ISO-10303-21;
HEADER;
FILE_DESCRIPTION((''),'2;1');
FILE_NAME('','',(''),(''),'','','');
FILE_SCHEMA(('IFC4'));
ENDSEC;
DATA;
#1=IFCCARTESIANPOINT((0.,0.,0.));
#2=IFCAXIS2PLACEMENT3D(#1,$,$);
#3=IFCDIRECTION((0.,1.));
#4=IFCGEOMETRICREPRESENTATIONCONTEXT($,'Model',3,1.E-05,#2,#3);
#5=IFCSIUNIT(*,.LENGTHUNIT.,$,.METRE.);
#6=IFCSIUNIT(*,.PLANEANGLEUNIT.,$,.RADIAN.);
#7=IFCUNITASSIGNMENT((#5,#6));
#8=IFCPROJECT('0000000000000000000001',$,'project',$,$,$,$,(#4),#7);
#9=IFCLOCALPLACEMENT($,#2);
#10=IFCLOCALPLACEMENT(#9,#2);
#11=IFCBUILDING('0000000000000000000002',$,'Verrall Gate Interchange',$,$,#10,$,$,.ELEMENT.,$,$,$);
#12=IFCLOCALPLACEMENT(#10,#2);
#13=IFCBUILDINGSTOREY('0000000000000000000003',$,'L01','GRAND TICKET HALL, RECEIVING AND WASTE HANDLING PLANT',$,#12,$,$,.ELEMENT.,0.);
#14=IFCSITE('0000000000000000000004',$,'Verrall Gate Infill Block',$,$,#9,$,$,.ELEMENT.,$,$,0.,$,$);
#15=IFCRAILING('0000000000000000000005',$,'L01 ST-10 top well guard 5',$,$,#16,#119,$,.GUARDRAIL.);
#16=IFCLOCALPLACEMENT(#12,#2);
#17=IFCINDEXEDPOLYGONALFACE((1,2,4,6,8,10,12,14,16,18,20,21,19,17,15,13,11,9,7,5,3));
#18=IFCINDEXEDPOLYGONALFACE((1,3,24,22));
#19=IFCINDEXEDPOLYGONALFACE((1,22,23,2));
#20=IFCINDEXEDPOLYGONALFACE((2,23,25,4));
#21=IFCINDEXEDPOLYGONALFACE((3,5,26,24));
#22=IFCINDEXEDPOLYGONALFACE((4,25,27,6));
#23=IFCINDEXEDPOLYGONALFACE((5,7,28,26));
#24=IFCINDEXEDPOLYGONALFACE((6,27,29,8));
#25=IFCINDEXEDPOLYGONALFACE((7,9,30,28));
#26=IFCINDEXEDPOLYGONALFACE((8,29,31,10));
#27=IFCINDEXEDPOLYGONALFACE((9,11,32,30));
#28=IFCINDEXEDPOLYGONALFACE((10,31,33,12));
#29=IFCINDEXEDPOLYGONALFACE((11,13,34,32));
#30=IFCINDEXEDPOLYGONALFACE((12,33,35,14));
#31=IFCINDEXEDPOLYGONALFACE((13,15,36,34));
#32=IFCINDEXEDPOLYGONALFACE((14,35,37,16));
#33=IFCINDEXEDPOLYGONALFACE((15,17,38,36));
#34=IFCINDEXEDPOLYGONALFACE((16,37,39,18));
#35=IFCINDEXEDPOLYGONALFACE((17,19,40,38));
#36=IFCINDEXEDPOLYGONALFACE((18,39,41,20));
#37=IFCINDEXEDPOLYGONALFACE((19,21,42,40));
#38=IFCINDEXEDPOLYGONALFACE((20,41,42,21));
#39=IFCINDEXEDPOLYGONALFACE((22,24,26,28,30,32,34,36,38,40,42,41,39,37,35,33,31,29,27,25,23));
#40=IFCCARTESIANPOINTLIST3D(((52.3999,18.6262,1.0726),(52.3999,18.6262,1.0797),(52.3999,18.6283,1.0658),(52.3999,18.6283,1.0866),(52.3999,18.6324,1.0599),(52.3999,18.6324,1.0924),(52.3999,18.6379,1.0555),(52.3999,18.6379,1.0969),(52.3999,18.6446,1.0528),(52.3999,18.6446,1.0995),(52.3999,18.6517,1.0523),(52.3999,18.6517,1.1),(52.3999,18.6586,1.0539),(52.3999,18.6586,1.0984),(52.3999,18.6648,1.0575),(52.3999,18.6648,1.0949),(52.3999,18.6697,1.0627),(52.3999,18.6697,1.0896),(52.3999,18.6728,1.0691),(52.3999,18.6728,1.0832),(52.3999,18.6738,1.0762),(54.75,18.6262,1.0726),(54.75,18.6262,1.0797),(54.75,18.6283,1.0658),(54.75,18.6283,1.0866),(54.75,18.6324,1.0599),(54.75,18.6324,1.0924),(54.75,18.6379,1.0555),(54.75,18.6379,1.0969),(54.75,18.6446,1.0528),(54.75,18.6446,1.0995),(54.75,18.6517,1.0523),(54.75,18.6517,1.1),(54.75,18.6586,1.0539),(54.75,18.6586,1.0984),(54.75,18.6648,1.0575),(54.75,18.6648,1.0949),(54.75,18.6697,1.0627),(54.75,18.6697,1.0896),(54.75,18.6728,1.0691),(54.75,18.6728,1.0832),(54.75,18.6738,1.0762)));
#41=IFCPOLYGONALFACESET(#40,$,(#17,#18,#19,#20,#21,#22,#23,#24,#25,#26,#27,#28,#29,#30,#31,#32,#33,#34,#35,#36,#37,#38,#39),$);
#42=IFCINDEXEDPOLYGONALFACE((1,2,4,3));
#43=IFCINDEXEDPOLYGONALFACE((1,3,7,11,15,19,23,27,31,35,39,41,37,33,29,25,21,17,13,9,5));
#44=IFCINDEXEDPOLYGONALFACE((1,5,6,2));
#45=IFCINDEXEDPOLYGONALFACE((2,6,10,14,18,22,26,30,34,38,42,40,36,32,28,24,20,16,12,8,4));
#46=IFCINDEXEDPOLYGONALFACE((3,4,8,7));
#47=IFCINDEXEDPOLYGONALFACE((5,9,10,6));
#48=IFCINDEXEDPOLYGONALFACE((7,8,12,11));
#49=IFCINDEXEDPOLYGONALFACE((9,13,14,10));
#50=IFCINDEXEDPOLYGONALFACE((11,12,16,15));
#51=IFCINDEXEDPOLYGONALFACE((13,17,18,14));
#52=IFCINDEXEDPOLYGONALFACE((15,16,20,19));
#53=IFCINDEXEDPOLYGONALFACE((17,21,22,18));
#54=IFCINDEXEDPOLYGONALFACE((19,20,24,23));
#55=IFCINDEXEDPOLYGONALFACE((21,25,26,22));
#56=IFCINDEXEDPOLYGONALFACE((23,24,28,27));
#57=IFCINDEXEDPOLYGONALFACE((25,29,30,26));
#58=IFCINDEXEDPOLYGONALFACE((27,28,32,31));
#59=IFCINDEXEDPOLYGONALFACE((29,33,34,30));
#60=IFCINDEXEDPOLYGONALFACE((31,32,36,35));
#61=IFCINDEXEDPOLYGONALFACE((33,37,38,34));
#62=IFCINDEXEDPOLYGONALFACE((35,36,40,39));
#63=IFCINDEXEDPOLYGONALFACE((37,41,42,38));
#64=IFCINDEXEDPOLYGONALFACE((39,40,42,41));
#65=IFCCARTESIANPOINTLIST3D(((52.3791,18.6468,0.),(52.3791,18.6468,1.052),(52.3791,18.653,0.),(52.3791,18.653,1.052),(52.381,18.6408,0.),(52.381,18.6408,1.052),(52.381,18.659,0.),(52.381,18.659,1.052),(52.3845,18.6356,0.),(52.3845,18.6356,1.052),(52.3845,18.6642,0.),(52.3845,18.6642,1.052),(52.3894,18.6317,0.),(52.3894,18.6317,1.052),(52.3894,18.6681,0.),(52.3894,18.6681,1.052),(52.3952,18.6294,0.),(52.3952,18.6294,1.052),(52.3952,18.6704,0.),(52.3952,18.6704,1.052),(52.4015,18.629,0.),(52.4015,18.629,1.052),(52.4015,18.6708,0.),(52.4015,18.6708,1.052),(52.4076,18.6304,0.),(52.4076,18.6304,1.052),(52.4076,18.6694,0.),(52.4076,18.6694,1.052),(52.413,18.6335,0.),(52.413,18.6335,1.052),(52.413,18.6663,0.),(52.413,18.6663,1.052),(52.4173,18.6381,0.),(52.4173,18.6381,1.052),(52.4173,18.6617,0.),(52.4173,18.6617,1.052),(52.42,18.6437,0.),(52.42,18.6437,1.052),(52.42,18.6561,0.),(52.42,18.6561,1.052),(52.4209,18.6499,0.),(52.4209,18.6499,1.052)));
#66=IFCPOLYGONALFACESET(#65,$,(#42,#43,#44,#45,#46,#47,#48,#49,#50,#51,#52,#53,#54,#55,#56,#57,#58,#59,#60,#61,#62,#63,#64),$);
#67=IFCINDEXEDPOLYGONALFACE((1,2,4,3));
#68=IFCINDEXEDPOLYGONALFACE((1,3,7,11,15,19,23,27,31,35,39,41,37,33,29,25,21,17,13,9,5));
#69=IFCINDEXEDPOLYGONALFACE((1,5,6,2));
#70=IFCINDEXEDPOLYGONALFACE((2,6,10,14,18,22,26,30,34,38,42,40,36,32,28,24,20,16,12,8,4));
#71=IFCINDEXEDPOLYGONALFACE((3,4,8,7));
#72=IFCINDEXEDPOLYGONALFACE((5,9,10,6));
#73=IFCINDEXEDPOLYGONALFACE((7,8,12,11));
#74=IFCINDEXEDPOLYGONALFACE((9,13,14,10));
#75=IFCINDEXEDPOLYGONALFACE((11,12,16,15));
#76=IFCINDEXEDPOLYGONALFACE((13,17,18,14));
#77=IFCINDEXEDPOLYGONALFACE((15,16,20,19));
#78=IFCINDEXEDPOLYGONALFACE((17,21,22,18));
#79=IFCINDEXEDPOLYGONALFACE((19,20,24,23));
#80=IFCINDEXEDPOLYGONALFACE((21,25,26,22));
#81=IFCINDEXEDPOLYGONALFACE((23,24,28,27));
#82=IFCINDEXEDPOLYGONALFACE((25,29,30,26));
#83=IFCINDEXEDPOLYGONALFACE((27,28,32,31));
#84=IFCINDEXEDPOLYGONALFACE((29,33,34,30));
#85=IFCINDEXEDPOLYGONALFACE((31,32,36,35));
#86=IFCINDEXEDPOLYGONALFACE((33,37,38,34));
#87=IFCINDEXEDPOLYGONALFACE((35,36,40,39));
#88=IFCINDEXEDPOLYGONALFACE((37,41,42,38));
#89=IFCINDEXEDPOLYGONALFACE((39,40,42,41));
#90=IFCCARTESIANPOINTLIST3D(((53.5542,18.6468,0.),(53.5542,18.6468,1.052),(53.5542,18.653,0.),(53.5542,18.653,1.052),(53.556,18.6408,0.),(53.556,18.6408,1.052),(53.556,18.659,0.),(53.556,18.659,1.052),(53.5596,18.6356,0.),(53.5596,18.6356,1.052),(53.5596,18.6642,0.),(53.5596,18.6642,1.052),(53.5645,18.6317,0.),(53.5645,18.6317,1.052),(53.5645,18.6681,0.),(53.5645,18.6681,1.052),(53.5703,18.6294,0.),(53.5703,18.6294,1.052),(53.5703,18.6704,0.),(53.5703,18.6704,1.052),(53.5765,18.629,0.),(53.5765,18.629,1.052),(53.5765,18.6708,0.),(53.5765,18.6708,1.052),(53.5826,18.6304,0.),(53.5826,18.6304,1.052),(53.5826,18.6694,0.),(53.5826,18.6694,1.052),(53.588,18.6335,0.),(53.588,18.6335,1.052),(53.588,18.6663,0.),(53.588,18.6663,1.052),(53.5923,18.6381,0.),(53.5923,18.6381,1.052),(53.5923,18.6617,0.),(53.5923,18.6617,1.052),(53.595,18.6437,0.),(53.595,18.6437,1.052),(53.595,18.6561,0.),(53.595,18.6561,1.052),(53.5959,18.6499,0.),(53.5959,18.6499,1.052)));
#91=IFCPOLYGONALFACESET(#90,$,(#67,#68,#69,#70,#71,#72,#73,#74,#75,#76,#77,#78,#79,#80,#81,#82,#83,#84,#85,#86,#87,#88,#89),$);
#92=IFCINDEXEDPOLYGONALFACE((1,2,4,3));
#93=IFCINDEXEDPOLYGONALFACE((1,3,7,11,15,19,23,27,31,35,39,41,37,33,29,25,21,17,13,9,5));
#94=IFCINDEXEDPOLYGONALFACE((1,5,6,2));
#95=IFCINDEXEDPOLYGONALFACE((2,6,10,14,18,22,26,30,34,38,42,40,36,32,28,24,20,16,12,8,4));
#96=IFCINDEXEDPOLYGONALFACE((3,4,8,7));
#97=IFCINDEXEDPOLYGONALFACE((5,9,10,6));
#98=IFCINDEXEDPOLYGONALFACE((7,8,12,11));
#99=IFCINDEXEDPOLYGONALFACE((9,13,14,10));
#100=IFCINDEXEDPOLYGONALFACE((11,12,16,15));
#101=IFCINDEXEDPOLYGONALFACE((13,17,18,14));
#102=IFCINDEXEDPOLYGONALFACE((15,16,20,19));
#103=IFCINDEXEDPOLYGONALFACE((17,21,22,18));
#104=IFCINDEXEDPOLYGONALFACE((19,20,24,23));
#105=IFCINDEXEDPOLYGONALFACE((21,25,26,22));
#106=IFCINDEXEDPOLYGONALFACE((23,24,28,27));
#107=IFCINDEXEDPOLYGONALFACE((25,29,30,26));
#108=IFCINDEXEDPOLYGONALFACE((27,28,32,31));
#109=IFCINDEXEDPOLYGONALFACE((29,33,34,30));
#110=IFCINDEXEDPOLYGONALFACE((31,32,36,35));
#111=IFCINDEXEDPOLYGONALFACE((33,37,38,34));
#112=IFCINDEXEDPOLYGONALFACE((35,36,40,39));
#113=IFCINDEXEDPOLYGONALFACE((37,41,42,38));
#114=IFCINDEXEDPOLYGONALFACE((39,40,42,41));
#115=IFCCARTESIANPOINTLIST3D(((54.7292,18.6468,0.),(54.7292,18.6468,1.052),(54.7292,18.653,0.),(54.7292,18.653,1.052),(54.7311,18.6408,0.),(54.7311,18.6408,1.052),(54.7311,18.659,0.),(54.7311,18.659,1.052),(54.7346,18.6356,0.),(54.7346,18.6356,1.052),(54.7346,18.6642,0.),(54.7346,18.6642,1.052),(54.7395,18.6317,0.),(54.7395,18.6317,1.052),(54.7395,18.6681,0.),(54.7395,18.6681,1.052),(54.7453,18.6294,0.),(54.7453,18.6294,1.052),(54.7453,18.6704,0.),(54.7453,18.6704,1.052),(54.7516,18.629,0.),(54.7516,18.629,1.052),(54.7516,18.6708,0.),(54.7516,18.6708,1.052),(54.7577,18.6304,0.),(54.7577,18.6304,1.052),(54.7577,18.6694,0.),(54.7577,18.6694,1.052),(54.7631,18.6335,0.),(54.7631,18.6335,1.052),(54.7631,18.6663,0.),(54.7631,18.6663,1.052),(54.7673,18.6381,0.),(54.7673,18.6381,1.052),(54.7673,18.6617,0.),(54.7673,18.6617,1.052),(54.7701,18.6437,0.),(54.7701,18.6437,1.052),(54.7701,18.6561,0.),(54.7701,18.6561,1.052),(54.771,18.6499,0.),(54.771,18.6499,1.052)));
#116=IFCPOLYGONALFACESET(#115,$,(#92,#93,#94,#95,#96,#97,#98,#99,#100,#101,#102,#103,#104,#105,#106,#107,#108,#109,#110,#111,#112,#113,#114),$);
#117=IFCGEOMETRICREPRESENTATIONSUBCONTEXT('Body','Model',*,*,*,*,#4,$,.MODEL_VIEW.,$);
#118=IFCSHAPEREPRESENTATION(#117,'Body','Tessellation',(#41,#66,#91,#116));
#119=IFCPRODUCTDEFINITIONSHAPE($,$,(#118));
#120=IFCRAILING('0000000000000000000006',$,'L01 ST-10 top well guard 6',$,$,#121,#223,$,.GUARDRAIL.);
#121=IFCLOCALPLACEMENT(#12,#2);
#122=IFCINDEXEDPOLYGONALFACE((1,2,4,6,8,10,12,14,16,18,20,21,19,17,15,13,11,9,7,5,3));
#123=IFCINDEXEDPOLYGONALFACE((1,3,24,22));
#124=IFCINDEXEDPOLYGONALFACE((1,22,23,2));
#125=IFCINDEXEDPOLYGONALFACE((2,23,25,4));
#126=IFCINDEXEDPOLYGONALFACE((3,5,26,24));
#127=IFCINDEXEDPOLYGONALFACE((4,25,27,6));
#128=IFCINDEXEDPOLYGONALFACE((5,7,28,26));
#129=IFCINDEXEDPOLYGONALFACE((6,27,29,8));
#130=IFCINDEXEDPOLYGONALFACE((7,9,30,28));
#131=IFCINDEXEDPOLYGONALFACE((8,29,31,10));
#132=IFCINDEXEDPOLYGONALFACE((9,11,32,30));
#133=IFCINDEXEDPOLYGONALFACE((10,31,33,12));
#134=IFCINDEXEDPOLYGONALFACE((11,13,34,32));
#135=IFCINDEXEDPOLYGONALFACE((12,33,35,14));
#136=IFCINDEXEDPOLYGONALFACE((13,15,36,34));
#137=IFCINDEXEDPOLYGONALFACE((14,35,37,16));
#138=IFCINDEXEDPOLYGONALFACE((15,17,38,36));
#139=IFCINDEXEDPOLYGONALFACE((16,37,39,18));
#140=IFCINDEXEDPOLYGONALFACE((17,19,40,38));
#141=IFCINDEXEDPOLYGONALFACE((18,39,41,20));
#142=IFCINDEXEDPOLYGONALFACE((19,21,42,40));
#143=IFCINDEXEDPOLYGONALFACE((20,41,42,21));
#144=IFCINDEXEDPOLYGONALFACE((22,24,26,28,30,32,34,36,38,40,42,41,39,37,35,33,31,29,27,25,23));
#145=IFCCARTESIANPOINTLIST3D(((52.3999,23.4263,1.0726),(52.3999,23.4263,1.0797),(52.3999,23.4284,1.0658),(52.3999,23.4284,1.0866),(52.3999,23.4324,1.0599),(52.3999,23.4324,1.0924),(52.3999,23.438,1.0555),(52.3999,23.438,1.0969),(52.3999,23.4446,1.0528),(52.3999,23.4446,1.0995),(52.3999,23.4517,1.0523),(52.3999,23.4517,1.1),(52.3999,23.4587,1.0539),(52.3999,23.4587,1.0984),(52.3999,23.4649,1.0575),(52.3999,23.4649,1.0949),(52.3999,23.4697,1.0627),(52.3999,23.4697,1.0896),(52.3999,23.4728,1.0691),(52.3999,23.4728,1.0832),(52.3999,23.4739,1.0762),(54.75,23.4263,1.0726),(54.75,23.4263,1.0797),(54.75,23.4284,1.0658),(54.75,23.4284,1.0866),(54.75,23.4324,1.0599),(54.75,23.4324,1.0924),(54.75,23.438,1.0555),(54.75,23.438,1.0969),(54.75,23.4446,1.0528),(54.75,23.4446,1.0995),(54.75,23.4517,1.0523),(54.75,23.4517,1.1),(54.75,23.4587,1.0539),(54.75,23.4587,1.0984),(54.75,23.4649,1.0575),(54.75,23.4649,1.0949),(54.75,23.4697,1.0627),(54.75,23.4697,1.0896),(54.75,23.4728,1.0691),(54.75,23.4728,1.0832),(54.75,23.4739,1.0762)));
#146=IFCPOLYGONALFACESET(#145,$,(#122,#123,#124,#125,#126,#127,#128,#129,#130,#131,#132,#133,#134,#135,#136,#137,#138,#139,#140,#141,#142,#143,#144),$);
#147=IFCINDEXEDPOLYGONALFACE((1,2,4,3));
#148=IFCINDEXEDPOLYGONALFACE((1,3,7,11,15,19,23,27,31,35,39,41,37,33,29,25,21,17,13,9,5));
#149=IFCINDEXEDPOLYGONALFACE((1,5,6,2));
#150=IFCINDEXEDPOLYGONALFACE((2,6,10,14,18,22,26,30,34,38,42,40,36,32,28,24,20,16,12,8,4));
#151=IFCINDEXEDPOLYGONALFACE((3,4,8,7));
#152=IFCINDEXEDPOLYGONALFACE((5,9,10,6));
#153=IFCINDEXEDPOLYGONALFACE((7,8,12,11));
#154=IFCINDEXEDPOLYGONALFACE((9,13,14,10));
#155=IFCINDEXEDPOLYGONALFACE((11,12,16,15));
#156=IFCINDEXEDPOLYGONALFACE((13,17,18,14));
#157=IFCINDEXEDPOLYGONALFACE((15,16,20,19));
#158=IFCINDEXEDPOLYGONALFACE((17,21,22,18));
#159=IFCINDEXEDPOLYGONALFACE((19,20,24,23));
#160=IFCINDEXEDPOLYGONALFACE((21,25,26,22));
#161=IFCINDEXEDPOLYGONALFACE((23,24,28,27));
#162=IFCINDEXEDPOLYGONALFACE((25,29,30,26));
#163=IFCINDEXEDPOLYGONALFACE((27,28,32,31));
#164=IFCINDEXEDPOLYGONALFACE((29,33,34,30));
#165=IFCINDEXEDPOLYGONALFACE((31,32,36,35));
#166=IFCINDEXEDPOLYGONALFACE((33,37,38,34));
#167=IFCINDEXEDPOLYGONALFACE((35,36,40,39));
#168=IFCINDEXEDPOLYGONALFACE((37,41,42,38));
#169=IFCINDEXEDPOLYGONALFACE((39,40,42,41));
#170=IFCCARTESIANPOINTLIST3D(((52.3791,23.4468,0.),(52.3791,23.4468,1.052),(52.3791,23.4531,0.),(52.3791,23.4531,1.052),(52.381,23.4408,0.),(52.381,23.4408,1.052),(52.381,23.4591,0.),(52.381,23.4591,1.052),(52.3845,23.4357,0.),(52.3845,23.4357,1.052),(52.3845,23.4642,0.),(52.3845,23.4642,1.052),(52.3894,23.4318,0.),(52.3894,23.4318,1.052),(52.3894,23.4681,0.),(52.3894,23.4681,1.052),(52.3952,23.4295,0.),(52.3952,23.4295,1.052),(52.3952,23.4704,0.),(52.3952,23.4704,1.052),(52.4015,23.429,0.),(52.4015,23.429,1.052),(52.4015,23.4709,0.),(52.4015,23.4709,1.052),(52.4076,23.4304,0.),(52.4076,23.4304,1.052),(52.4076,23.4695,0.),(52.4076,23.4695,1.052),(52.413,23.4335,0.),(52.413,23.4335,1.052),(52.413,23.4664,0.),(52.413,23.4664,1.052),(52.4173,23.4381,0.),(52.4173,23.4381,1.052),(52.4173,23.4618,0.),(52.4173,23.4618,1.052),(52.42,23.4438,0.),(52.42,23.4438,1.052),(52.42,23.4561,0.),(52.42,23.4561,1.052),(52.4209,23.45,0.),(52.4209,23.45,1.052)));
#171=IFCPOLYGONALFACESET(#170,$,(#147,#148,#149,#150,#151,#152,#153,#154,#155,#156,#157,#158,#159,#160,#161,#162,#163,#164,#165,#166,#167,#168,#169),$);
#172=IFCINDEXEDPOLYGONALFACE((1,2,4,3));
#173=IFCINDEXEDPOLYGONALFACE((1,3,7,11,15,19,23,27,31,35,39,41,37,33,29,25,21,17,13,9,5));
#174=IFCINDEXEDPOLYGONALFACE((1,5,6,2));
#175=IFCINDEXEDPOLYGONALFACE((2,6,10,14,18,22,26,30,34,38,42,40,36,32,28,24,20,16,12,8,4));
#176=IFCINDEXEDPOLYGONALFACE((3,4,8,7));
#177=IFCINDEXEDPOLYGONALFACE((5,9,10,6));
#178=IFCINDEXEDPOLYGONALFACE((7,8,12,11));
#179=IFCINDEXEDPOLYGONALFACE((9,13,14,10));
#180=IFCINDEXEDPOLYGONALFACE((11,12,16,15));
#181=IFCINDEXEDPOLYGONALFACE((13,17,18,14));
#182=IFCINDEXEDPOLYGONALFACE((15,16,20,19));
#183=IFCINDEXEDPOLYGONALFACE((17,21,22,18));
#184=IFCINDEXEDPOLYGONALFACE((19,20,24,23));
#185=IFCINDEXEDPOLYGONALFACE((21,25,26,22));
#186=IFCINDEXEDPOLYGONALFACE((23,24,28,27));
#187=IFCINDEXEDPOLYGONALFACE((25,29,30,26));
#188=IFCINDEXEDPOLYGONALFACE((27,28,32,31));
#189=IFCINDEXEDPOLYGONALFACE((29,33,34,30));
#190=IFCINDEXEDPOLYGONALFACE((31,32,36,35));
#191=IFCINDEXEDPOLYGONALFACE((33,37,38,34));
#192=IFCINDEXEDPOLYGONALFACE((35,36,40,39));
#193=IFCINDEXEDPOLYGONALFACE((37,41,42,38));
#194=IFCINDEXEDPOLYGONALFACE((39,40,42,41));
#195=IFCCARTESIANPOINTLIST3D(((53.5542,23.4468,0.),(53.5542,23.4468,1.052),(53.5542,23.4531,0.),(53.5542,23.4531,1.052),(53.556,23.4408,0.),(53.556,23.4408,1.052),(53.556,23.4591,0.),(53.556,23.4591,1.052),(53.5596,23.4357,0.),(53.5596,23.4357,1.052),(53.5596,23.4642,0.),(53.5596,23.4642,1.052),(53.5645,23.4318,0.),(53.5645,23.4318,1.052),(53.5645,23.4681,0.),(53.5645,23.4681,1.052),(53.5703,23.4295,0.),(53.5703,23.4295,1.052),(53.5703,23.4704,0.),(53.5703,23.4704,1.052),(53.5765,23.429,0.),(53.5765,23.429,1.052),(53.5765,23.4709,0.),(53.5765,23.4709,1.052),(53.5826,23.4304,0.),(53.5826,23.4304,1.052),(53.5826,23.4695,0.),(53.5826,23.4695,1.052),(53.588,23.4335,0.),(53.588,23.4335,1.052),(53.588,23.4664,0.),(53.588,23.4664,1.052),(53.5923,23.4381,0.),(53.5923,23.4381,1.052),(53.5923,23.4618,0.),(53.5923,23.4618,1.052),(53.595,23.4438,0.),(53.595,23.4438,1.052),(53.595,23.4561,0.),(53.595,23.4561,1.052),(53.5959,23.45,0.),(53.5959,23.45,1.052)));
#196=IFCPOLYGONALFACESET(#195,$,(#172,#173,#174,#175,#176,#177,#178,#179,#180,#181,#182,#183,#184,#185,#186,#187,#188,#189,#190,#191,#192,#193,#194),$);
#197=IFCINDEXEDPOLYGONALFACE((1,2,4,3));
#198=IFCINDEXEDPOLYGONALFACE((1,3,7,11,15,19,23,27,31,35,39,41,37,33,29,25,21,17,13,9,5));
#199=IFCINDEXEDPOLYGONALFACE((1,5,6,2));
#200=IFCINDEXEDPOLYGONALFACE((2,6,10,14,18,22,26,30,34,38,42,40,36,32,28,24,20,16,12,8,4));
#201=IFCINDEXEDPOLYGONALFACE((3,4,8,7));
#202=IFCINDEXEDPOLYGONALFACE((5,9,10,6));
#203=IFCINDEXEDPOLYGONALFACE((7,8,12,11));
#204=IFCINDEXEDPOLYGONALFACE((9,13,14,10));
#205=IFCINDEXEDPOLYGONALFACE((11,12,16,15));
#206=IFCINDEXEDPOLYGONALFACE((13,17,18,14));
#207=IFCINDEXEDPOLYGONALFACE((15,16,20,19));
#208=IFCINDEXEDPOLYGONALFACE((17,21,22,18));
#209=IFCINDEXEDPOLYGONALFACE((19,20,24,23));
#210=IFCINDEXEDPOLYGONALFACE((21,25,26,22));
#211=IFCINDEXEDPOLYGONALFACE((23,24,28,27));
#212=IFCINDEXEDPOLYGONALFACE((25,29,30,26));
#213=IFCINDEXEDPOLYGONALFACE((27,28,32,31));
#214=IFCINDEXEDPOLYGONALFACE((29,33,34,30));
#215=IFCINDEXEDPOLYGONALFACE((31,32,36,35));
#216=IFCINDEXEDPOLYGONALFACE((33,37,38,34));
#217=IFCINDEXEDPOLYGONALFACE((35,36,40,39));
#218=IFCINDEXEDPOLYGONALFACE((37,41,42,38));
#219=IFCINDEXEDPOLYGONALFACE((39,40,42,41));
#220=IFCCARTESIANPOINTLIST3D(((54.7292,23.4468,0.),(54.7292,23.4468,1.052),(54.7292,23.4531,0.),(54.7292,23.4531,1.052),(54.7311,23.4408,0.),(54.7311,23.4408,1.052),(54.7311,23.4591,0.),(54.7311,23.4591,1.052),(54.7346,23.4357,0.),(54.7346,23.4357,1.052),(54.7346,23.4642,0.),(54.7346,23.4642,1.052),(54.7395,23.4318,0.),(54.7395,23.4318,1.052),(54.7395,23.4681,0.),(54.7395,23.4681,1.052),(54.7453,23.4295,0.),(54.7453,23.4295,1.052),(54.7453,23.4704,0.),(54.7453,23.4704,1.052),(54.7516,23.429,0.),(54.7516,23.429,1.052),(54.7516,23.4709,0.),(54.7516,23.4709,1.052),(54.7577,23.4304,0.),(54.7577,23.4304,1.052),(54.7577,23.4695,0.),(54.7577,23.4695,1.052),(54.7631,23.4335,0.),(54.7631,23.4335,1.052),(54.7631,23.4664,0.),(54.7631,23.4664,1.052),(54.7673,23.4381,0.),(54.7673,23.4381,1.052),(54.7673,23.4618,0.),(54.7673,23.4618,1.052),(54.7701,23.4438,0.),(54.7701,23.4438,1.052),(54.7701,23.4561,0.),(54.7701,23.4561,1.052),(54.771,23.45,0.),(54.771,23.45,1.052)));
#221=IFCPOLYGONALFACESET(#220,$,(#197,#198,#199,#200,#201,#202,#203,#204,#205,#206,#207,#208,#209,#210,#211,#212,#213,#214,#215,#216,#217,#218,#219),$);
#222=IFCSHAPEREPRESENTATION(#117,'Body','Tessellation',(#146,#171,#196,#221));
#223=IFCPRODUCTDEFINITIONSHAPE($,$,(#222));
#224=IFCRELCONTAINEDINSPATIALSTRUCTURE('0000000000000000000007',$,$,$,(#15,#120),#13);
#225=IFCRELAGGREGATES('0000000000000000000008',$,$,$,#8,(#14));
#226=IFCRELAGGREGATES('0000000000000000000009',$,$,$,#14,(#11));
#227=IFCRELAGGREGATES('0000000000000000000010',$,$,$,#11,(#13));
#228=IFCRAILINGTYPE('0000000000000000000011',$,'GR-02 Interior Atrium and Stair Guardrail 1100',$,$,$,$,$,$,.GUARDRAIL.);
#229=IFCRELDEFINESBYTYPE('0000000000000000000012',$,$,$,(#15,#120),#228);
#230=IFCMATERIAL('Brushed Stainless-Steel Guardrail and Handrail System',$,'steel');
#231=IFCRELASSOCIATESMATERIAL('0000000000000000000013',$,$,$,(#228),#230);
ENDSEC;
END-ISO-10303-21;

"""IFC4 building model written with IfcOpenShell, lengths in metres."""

from ifc_helpers import new_model, si_unit, direction, frame, origin, origin_2d, place, context, subcontext, project, spatial, circle, extrude, material, type_object, element, save


model = new_model("IFC4")

# Units and contexts
model_context = context("Model", 3, precision=1e-05, world=origin(), true_north=direction((0.0, 1.0)))
body_context = subcontext(model_context, "Body", "Model", "MODEL_VIEW")
ifc_project = project(units=[si_unit("LENGTHUNIT", "METRE"), si_unit("PLANEANGLEUNIT", "RADIAN")], contexts=[model_context])

# Site, building, storey
site_placement = place(None, origin())
site = spatial("IfcSite", under=ifc_project, at=site_placement, Name="Verrall Gate Infill Block", CompositionType="ELEMENT", RefElevation=0.0)
building_placement = place(site_placement, origin())
building = spatial("IfcBuilding", under=site, at=building_placement, Name="Verrall Gate Interchange", CompositionType="ELEMENT")
storey_placement = place(building_placement, origin())
storey = spatial("IfcBuildingStorey", under=building, at=storey_placement, Name="L01", Description="GRAND TICKET HALL, RECEIVING AND WASTE HANDLING PLANT", CompositionType="ELEMENT", Elevation=0.0)

# Railings
ifc_material_1 = material(Name="Brushed Stainless-Steel Guardrail and Handrail System", Category="steel")
railing_type = type_object("IfcRailingType", Name="GR-02 Interior Atrium and Stair Guardrail 1100", PredefinedType="GUARDRAIL", material=ifc_material_1)
for number, where, name in (
    (1, (52.3999, 18.6499, 0.0), "L01 ST-10 top well guard 5"),
    (2, (52.3999, 23.45, 0.0), "L01 ST-10 top well guard 6"),
):
    element("IfcRailing", number, at=place(storey_placement, frame(where)), inside=storey, type_object=railing_type, Name=name, PredefinedType="GUARDRAIL", context=body_context, shape_type="SweptSolid", body=[
        extrude(circle(Radius=0.0239, at=origin_2d()), frame((0.0, 0.0, 1.0762), z_axis=(1.0, 0.0, 0.0), x_axis=(0.0, 1.0, 0.0)), (0.0, 0.0, 1.0), 2.3501),
        extrude(circle(Radius=0.021, at=origin_2d()), origin(), (0.0, 0.0, 1.0), 1.052),
        extrude(circle(Radius=0.021, at=origin_2d()), frame((1.175, 0.0, 0.0)), (0.0, 0.0, 1.0), 1.052),
        extrude(circle(Radius=0.021, at=origin_2d()), frame((2.3501, 0.0, 0.0)), (0.0, 0.0, 1.0), 1.052),
    ])

save(model, "model.ifc")
